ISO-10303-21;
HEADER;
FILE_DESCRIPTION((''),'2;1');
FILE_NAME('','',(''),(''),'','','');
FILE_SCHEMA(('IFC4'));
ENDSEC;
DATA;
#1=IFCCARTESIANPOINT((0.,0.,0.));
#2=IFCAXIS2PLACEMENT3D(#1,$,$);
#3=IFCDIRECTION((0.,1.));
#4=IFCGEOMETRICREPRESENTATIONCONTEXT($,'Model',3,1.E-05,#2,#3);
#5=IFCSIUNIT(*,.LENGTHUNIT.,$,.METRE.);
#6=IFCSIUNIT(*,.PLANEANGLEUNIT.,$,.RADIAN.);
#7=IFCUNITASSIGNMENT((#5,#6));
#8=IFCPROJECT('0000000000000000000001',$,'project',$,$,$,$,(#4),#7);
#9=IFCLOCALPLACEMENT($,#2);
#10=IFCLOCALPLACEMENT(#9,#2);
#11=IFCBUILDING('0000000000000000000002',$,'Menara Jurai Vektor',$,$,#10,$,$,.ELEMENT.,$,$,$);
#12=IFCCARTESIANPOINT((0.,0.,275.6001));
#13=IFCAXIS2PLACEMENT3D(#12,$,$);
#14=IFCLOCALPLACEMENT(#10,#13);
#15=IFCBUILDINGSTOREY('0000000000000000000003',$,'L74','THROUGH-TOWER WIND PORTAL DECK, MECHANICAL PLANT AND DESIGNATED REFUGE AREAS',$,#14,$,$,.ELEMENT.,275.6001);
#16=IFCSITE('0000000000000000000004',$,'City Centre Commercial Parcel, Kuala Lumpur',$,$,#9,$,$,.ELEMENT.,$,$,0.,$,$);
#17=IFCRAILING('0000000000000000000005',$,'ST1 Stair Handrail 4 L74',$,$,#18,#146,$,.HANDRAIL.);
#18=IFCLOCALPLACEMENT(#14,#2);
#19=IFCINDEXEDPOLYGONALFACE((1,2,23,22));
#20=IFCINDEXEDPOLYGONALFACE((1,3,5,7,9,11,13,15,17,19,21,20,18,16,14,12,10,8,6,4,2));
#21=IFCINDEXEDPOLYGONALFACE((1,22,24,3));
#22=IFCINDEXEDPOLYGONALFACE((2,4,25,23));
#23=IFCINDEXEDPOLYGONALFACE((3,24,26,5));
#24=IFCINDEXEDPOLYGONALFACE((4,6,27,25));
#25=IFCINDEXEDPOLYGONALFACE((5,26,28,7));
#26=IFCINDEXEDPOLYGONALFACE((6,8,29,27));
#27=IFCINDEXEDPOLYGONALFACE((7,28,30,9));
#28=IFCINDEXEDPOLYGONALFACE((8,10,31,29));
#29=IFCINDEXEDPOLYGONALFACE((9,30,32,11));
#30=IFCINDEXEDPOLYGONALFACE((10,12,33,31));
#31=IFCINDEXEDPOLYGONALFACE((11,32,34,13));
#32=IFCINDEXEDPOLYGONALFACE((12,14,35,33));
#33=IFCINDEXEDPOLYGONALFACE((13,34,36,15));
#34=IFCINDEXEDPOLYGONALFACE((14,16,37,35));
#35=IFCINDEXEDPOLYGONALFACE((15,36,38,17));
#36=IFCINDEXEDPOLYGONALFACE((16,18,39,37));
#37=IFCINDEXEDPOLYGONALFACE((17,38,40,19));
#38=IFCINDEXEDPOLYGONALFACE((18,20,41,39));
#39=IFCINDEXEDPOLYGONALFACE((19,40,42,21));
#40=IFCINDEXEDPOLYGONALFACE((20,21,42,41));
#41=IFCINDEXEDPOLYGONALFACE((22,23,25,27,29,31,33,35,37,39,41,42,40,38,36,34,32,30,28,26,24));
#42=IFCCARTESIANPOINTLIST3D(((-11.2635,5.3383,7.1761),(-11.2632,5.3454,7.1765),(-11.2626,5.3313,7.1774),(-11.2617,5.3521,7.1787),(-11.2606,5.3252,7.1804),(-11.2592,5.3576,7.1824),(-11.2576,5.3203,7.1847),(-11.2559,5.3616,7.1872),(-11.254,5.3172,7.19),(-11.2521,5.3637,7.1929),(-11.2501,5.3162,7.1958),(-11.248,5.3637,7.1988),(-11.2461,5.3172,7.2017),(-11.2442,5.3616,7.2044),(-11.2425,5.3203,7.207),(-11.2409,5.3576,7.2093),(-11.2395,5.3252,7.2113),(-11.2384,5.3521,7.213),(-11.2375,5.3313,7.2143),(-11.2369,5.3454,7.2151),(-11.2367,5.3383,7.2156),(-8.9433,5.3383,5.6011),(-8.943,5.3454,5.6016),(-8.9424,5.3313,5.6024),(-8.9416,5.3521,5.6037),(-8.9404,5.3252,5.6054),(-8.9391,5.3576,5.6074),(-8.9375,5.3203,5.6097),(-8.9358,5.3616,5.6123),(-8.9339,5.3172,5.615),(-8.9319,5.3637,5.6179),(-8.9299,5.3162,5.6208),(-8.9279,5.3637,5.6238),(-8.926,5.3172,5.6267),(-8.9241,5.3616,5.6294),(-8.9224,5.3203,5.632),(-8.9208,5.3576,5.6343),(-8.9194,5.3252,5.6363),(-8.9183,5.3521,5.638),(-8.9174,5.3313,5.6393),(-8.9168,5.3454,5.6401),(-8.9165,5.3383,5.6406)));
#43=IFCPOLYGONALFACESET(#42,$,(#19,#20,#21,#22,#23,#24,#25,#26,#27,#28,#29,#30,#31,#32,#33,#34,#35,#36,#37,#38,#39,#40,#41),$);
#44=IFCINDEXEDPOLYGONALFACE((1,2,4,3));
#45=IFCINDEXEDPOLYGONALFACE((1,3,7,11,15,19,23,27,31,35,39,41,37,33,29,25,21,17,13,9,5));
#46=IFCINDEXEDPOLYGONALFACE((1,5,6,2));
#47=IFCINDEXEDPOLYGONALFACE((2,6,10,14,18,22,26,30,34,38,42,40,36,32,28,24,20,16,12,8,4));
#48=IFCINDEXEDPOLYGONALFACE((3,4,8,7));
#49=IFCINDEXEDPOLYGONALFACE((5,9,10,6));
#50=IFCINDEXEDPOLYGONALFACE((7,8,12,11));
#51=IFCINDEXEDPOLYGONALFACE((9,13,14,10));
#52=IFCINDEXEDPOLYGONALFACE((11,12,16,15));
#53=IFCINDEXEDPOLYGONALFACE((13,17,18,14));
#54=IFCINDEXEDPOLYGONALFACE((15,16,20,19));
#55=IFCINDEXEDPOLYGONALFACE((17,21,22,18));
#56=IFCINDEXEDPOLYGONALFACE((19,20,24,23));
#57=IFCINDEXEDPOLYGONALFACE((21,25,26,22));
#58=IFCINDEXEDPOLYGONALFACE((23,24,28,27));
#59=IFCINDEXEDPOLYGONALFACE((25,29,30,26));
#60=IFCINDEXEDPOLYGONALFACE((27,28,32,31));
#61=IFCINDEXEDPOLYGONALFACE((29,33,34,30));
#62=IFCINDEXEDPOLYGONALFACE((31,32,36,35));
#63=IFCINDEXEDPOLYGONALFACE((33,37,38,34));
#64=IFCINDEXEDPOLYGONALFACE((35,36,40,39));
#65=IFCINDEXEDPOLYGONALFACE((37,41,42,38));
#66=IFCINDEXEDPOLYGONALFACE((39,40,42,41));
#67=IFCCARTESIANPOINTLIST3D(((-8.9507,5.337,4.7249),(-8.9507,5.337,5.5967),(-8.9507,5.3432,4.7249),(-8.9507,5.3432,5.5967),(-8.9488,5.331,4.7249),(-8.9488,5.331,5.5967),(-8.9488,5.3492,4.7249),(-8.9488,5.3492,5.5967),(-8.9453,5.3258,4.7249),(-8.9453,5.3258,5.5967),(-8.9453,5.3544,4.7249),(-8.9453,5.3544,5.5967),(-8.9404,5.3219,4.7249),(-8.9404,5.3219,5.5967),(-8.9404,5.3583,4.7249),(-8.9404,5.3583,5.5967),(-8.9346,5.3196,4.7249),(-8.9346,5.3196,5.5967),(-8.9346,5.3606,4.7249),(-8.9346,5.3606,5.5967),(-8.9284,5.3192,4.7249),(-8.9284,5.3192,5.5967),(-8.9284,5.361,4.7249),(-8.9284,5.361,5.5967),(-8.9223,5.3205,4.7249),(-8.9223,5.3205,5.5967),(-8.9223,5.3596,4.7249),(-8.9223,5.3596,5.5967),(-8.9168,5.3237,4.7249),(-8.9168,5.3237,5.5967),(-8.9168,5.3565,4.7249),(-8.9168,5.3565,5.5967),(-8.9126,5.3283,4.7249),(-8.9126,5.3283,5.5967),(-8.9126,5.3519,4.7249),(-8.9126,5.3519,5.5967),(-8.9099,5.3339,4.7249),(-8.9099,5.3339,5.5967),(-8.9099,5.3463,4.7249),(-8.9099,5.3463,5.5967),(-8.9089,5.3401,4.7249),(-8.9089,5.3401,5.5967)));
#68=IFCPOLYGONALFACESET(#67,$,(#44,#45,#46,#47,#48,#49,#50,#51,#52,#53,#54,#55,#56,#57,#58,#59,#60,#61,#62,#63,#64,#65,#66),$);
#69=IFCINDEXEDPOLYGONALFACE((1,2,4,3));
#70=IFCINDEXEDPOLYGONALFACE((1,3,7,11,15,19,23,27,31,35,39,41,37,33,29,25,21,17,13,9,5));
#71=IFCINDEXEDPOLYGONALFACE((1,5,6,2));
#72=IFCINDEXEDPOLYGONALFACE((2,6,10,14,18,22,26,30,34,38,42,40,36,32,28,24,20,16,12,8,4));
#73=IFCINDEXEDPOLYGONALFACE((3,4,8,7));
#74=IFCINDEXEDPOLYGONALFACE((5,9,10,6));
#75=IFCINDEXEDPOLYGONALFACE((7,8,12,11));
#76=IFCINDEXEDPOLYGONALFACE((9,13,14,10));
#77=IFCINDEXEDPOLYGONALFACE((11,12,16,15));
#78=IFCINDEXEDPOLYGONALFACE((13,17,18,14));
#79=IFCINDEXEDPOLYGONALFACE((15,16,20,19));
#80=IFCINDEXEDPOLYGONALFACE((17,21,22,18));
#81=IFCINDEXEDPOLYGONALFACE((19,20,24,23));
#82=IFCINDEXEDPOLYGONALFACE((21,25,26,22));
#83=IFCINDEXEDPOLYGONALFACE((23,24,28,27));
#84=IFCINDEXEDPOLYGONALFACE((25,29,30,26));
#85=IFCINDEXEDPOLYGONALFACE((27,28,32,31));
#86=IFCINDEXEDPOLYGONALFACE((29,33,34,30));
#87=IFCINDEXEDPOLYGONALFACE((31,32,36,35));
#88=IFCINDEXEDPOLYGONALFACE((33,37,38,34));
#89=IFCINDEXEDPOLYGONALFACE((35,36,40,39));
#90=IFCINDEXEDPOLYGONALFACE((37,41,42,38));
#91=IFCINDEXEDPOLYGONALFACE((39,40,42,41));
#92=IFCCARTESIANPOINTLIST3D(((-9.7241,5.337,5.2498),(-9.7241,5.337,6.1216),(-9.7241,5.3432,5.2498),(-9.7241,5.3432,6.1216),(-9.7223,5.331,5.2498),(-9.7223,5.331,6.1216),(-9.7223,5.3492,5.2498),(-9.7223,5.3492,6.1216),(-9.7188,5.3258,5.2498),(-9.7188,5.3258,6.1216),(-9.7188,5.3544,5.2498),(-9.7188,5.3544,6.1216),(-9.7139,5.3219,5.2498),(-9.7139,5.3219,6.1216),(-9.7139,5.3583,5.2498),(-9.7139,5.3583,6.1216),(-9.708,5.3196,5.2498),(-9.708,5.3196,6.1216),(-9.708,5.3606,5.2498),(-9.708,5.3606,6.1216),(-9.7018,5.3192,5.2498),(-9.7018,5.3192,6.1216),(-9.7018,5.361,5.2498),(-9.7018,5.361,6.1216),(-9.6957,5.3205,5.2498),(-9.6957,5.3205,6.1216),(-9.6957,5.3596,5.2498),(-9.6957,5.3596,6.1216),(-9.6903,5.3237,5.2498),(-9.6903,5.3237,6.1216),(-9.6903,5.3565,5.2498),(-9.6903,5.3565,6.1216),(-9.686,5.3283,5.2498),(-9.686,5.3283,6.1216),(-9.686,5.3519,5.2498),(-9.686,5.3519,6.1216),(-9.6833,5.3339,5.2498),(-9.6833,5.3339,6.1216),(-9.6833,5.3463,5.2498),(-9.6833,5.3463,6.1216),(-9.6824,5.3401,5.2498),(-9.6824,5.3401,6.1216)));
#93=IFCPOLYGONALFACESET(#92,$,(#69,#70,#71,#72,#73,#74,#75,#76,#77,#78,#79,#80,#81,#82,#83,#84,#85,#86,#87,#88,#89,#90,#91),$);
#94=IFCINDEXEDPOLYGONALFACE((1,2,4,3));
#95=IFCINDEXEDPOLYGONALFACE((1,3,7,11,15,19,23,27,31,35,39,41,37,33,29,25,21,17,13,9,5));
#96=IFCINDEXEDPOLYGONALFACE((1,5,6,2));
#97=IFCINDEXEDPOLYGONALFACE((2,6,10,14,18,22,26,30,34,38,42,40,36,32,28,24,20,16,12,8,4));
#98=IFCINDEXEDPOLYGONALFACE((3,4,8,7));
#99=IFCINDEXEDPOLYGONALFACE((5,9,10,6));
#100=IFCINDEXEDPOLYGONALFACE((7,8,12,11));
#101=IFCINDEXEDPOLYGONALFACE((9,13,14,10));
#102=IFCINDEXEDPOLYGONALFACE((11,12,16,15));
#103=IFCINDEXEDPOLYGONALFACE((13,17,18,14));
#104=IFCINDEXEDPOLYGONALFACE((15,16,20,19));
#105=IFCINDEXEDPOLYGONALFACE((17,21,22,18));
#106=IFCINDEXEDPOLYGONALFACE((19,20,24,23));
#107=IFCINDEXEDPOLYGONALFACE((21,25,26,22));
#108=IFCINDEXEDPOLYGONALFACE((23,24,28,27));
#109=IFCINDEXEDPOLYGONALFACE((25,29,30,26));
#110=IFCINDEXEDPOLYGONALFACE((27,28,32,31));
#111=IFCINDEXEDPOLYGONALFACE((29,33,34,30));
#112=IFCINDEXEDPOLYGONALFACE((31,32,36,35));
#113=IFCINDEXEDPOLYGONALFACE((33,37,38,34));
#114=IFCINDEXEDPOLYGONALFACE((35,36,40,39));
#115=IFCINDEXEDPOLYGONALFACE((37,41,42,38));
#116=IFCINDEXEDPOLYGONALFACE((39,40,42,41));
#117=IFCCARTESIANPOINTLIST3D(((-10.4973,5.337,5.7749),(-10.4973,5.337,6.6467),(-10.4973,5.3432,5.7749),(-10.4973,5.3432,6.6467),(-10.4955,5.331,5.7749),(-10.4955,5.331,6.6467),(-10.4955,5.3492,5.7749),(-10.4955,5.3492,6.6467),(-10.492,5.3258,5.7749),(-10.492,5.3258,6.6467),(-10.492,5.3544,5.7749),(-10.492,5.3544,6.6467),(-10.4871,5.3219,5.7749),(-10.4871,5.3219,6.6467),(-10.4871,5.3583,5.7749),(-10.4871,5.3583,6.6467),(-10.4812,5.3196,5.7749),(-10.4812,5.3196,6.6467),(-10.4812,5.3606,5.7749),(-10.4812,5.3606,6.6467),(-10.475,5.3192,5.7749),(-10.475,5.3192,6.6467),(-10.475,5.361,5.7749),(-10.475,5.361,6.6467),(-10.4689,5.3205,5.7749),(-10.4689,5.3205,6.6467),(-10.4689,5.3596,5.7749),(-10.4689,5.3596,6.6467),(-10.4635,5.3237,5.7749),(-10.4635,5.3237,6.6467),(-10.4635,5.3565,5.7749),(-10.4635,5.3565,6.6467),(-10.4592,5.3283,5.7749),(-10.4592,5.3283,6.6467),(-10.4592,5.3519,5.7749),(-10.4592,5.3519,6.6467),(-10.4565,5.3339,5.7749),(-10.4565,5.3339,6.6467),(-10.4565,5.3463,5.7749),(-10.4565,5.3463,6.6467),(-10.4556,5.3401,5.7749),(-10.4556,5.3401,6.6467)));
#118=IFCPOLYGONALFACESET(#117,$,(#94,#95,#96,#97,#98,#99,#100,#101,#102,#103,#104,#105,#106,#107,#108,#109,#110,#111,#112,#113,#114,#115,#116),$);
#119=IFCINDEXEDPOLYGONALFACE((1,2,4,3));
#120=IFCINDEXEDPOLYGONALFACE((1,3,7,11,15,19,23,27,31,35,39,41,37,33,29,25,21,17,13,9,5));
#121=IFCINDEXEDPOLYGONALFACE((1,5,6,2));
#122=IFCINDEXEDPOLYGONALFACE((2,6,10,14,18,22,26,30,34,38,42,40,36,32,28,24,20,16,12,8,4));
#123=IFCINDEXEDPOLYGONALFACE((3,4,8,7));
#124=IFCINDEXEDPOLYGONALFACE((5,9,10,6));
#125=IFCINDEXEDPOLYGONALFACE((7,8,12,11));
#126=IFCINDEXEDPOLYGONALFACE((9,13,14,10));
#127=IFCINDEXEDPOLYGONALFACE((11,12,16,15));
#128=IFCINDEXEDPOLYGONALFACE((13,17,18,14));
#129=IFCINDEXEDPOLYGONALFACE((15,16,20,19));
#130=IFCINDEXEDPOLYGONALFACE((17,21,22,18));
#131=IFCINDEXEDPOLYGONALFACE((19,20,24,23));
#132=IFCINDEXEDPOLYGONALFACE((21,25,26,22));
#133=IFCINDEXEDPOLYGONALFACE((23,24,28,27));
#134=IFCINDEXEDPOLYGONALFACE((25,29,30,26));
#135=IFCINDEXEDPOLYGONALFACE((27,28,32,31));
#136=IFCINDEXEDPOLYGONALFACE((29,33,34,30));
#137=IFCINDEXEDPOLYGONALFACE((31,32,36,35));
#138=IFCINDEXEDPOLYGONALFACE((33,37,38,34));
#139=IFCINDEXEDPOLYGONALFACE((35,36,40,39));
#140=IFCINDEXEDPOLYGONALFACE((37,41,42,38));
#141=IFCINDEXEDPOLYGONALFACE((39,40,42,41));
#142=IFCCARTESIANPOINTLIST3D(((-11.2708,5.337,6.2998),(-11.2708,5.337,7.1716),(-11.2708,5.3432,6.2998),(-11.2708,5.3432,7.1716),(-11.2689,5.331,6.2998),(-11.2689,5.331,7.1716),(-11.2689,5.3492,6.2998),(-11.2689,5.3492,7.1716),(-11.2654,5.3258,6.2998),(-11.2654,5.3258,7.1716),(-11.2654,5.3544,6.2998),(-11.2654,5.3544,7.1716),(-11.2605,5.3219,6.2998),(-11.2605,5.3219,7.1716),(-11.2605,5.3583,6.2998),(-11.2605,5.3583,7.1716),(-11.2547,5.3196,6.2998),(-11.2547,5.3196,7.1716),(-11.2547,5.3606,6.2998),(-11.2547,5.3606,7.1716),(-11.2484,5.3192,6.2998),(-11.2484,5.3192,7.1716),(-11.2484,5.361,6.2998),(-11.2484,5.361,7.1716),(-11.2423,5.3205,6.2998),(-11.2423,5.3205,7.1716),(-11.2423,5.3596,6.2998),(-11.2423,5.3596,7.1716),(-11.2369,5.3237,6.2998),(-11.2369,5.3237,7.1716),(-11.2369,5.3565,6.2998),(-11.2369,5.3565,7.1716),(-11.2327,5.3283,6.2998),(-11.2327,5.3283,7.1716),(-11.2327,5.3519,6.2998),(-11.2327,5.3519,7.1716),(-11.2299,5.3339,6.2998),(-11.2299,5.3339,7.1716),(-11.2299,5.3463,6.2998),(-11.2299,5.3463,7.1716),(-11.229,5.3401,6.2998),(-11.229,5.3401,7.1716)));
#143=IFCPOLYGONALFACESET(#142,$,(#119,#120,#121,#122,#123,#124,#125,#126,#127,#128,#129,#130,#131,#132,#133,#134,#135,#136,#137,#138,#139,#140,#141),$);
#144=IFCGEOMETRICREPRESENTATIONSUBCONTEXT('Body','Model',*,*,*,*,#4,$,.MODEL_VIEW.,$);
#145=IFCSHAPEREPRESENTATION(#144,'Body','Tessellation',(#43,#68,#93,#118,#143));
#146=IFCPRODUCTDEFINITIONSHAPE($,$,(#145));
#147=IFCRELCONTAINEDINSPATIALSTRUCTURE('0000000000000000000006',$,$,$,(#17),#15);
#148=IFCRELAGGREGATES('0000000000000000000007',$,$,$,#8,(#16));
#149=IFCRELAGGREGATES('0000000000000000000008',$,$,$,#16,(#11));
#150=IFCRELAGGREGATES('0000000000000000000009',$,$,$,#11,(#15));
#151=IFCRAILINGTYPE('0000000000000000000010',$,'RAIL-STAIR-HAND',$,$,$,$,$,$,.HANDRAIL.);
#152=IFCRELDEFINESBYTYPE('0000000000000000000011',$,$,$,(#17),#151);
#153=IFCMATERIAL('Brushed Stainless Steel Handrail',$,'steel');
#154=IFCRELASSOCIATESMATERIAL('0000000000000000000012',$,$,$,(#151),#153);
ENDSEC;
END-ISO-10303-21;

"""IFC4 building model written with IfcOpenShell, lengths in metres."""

from ifc_helpers import new_model, si_unit, direction, frame, origin, origin_2d, place, context, subcontext, project, spatial, circle, extrude, material, type_object, element, save


model = new_model("IFC4")

# Units and contexts
model_context = context("Model", 3, precision=1e-05, world=origin(), true_north=direction((0.0, 1.0)))
body_context = subcontext(model_context, "Body", "Model", "MODEL_VIEW")
ifc_project = project(units=[si_unit("LENGTHUNIT", "METRE"), si_unit("PLANEANGLEUNIT", "RADIAN")], contexts=[model_context])

# Site, building, storey
site_placement = place(None, origin())
site = spatial("IfcSite", under=ifc_project, at=site_placement, Name="City Centre Commercial Parcel, Kuala Lumpur", CompositionType="ELEMENT", RefElevation=0.0)
building_placement = place(site_placement, origin())
building = spatial("IfcBuilding", under=site, at=building_placement, Name="Menara Jurai Vektor", CompositionType="ELEMENT")
storey_placement = place(building_placement, frame((0.0, 0.0, 275.6001)))
storey = spatial("IfcBuildingStorey", under=building, at=storey_placement, Name="L74", Description="THROUGH-TOWER WIND PORTAL DECK, MECHANICAL PLANT AND DESIGNATED REFUGE AREAS", CompositionType="ELEMENT", Elevation=275.6001)

# Railing
ifc_material_1 = material(Name="Brushed Stainless Steel Handrail", Category="steel")
railing_type = type_object("IfcRailingType", Name="RAIL-STAIR-HAND", PredefinedType="HANDRAIL", material=ifc_material_1)
for number, where, name in (
    (1, (-8.9299, 5.3401, 4.7249), "ST1 Stair Handrail 4 L74"),
):
    element("IfcRailing", number, at=place(storey_placement, frame(where)), inside=storey, type_object=railing_type, Name=name, PredefinedType="HANDRAIL", context=body_context, shape_type="SweptSolid", body=[
        extrude(circle(Radius=0.0239, at=origin_2d()), frame((0.0, 0.0, 0.896), z_axis=(-0.827373, 0.0, 0.561653), x_axis=(0.0, -1.0, 0.0)), (0.0, 0.0, 1.0), 2.8042),
        extrude(circle(Radius=0.021, at=origin_2d()), origin(), (0.0, 0.0, 1.0), 0.8718),
        extrude(circle(Radius=0.021, at=origin_2d()), frame((-0.7734, 0.0, 0.5249)), (0.0, 0.0, 1.0), 0.8718),
        extrude(circle(Radius=0.021, at=origin_2d()), frame((-1.5466, 0.0, 1.05)), (0.0, 0.0, 1.0), 0.8718),
        extrude(circle(Radius=0.021, at=origin_2d()), frame((-2.3201, 0.0, 1.575)), (0.0, 0.0, 1.0), 0.8718),
    ])

save(model, "model.ifc")
